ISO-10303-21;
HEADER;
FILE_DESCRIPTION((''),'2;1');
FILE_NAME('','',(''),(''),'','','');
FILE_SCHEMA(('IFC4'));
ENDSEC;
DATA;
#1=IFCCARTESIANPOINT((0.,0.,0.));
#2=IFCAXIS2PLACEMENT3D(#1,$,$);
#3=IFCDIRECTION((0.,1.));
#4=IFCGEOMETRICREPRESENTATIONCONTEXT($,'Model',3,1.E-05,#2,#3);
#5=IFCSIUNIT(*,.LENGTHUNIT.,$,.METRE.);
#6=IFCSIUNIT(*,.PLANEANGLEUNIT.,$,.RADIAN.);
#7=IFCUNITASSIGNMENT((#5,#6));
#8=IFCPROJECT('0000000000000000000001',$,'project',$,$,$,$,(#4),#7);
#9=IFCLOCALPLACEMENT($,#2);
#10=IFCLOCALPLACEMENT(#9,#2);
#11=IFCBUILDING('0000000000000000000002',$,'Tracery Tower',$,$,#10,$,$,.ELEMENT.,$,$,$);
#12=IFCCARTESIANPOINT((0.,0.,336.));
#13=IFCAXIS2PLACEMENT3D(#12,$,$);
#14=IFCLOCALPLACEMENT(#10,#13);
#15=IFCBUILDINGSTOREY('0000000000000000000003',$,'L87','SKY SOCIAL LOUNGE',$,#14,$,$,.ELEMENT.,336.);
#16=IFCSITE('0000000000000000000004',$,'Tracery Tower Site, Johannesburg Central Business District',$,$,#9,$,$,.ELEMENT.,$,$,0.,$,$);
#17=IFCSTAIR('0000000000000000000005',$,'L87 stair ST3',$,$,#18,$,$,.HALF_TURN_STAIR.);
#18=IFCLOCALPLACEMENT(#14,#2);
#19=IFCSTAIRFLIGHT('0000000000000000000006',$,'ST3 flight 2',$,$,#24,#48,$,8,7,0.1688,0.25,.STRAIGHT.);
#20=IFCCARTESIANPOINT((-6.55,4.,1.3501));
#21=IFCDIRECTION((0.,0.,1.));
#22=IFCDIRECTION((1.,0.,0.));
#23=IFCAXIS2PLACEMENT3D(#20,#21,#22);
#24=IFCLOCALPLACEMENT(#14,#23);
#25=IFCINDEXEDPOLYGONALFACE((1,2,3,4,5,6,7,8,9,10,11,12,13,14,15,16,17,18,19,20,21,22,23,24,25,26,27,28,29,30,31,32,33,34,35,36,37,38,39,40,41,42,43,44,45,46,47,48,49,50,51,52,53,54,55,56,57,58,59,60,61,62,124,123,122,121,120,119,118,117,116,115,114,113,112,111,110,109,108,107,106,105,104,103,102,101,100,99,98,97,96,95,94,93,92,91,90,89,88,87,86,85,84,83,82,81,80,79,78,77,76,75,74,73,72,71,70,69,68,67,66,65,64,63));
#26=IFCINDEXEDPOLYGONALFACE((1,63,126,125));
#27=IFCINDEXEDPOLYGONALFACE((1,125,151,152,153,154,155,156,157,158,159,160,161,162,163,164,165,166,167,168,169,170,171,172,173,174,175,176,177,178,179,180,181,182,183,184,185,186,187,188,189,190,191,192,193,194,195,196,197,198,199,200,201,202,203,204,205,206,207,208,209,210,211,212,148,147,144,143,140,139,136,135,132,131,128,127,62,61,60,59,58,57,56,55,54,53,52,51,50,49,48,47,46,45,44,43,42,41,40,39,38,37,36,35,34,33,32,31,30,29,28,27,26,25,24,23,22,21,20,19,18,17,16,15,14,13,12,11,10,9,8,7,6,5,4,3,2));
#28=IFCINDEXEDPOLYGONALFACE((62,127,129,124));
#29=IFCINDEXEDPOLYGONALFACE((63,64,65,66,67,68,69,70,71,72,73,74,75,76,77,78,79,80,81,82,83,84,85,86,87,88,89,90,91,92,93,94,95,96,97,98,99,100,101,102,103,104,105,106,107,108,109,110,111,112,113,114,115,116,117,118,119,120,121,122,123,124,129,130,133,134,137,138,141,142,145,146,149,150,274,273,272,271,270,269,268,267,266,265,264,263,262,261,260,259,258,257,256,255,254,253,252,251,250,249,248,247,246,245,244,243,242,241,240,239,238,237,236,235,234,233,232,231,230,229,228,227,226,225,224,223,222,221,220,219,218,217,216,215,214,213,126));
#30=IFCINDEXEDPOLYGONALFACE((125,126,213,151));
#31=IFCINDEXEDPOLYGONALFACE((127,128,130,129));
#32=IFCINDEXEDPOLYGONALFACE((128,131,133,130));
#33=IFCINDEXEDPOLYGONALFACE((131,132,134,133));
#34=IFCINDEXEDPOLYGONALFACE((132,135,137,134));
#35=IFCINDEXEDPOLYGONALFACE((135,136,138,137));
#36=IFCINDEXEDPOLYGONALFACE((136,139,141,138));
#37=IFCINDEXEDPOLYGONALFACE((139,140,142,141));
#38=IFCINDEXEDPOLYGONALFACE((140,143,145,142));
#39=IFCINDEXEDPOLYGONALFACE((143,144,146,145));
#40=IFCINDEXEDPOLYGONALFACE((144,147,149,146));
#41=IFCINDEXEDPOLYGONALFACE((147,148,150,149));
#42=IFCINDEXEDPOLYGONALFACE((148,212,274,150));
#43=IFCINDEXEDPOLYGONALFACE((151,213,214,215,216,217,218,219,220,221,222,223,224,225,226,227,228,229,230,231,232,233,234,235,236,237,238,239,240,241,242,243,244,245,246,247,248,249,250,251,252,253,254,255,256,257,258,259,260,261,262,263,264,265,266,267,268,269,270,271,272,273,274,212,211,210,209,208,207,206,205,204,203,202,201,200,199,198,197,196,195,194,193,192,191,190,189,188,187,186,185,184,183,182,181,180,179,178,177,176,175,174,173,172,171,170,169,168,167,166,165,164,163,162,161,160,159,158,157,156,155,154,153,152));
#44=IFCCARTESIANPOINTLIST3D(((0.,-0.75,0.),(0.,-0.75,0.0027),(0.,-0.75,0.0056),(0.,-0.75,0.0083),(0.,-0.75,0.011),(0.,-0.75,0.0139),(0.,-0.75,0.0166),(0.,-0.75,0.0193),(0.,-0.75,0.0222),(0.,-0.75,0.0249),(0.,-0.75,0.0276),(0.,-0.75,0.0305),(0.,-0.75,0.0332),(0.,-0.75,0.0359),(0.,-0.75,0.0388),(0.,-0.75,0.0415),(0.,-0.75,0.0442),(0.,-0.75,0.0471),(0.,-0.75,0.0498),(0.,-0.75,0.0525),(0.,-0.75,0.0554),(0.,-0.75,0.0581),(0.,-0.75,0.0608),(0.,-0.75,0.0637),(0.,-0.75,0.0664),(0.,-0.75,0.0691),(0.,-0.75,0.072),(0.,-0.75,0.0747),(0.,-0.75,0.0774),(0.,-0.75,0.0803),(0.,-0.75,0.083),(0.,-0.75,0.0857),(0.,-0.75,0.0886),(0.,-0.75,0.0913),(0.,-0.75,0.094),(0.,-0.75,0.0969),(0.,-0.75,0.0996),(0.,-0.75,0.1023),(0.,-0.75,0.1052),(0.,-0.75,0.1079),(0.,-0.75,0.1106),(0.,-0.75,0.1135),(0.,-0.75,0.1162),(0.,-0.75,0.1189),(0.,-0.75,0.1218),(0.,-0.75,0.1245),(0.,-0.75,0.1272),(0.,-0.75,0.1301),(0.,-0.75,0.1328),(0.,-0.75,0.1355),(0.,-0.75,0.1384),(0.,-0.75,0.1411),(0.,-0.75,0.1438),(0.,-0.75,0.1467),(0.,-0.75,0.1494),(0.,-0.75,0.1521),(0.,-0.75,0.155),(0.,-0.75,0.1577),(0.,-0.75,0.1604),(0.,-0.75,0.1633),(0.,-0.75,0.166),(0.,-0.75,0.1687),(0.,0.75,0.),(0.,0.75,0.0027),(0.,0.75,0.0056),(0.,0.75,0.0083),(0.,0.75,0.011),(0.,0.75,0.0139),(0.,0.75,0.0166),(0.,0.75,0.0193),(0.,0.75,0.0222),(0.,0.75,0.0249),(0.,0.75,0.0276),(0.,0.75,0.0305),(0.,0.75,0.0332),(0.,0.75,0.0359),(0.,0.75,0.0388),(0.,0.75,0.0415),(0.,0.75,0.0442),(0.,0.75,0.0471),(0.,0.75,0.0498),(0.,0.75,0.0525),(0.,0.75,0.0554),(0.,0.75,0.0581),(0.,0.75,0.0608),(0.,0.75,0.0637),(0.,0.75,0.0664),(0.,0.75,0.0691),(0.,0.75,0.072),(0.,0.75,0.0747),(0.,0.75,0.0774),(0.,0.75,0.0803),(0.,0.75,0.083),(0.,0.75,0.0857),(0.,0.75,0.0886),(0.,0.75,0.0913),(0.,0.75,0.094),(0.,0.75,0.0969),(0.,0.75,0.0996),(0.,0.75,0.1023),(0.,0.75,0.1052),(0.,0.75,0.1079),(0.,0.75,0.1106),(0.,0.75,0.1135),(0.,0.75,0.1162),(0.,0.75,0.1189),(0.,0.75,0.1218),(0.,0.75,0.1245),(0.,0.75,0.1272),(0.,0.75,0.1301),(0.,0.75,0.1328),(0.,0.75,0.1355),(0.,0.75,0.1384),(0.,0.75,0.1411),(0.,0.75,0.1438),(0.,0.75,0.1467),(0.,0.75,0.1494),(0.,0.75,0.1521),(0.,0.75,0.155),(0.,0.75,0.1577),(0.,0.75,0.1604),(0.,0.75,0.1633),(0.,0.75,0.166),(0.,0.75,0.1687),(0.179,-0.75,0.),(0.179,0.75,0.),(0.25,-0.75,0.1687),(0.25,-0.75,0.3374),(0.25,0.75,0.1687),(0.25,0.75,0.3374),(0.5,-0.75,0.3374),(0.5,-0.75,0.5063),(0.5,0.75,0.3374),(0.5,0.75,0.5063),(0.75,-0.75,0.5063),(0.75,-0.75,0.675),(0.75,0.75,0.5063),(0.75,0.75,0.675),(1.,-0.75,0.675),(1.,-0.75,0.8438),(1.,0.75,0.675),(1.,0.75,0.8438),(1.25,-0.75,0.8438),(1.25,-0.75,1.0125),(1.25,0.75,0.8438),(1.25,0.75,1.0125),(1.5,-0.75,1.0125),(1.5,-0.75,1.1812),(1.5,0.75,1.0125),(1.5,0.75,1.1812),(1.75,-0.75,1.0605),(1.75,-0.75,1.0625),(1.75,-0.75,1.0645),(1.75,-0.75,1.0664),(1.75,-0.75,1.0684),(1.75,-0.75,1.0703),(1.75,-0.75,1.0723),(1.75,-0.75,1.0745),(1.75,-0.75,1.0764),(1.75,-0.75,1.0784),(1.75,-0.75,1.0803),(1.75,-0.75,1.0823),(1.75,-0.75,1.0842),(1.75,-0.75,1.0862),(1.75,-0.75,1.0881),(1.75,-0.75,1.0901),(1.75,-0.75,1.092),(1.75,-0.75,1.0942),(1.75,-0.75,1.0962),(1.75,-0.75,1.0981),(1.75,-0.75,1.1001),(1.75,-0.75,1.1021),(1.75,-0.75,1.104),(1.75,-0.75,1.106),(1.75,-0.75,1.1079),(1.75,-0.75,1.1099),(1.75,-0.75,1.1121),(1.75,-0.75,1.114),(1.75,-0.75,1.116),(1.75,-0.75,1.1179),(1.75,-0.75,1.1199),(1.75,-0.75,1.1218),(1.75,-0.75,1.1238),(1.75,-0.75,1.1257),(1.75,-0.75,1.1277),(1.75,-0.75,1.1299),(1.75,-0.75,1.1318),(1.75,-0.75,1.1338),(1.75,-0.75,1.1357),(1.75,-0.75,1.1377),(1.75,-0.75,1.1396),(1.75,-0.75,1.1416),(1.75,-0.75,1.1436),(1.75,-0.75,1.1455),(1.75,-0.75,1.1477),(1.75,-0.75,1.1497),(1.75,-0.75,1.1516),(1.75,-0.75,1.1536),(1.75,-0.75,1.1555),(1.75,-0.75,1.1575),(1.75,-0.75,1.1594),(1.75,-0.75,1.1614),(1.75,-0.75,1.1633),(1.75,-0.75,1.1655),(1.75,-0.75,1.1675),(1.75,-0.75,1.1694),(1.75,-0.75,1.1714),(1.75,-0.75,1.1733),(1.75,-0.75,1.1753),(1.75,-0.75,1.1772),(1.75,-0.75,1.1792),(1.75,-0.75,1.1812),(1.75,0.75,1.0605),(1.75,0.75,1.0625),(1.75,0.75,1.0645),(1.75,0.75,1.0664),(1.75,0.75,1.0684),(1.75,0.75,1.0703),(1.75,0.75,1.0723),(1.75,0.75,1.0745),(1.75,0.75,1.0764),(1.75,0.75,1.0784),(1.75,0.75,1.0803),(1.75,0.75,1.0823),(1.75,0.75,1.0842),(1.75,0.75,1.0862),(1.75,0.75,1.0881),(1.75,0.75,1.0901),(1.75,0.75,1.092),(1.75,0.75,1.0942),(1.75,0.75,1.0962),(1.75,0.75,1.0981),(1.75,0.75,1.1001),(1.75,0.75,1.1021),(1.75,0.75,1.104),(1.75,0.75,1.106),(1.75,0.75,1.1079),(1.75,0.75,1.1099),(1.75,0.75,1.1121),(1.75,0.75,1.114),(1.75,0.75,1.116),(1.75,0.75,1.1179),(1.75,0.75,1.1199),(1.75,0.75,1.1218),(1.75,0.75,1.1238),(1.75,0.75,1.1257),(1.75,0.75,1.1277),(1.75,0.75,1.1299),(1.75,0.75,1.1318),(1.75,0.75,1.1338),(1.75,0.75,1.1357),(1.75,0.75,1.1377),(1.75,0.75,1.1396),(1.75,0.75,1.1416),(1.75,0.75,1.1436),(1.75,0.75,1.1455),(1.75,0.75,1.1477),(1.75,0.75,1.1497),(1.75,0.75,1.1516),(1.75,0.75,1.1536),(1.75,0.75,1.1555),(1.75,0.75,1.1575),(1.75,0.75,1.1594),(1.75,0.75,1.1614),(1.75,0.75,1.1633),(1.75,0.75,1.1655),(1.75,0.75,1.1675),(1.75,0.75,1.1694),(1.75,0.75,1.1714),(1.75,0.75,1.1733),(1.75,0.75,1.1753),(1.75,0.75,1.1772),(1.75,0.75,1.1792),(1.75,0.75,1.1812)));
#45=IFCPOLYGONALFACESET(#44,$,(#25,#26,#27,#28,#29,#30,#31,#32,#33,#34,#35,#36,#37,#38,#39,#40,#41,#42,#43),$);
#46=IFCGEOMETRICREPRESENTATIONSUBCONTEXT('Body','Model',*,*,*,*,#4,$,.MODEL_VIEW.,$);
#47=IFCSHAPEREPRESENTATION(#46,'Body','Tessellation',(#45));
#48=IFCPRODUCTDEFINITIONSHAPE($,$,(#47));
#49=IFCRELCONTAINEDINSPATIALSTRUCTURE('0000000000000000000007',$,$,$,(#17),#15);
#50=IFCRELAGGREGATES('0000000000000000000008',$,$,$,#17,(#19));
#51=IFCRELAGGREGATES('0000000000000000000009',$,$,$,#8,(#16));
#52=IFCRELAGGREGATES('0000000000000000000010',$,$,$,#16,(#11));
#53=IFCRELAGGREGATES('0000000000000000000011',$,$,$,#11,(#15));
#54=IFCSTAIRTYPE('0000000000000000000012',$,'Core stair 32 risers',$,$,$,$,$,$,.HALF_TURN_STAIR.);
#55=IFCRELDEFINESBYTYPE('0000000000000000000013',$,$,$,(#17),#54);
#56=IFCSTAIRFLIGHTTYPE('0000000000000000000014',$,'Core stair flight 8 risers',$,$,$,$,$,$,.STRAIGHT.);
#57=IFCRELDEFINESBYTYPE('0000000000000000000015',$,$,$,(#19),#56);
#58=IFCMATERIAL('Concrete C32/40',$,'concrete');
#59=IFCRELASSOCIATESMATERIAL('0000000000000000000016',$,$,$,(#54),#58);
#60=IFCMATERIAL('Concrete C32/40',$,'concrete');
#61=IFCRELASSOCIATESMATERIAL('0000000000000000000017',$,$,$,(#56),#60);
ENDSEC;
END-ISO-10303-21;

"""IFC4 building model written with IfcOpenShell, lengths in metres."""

from ifc_helpers import new_model, si_unit, direction, frame, origin, place, context, subcontext, project, spatial, polyline, outline, extrude, material, type_object, element, aggregate, save


model = new_model("IFC4")

# Units and contexts
model_context = context("Model", 3, precision=1e-05, world=origin(), true_north=direction((0.0, 1.0)))
body_context = subcontext(model_context, "Body", "Model", "MODEL_VIEW")
ifc_project = project(units=[si_unit("LENGTHUNIT", "METRE"), si_unit("PLANEANGLEUNIT", "RADIAN")], contexts=[model_context])

# Site, building, storey
site_placement = place(None, origin())
site = spatial("IfcSite", under=ifc_project, at=site_placement, Name="Tracery Tower Site, Johannesburg Central Business District", CompositionType="ELEMENT", RefElevation=0.0)
building_placement = place(site_placement, origin())
building = spatial("IfcBuilding", under=site, at=building_placement, Name="Tracery Tower", CompositionType="ELEMENT")
storey_placement = place(building_placement, frame((0.0, 0.0, 336.0)))
storey = spatial("IfcBuildingStorey", under=building, at=storey_placement, Name="L87", Description="SKY SOCIAL LOUNGE", CompositionType="ELEMENT", Elevation=336.0)

# Stair, stair flight
ifc_material_1 = material(Name="Concrete C32/40", Category="concrete")
stair_type = type_object("IfcStairType", Name="Core stair 32 risers", PredefinedType="HALF_TURN_STAIR", material=ifc_material_1)
stair_placement = place(storey_placement, origin())
stair = element("IfcStair", 1, at=stair_placement, inside=storey, type_object=stair_type, Name="L87 stair ST3", PredefinedType="HALF_TURN_STAIR")
ifc_material_2 = material(Name="Concrete C32/40", Category="concrete")
stair_flight_type = type_object("IfcStairFlightType", Name="Core stair flight 8 risers", PredefinedType="STRAIGHT", material=ifc_material_2)
stair_flight_1_placement = place(storey_placement, frame((-6.55, 4.0, 1.3501), z_axis=(0.0, 0.0, 1.0), x_axis=(1.0, 0.0, 0.0)))
stair_flight_1 = element("IfcStairFlight", 2, at=stair_flight_1_placement, type_object=stair_flight_type, Name="ST3 flight 2", NumberOfRisers=8, NumberOfTreads=7, PredefinedType="STRAIGHT", RiserHeight=0.1688, TreadLength=0.25, context=body_context, shape_type="SweptSolid", body=[
    extrude(outline(polyline([(0.0, 0.0), (0.0, 0.0027), (0.0, 0.0056), (0.0, 0.0083), (0.0, 0.011), (0.0, 0.0139), (0.0, 0.0166), (0.0, 0.0193), (0.0, 0.0222), (0.0, 0.0249), (0.0, 0.0276), (0.0, 0.0305), (0.0, 0.0332), (0.0, 0.0359), (0.0, 0.0388), (0.0, 0.0415), (0.0, 0.0442), (0.0, 0.0471), (0.0, 0.0498), (0.0, 0.0525), (0.0, 0.0554), (0.0, 0.0581), (0.0, 0.0608), (0.0, 0.0637), (0.0, 0.0664), (0.0, 0.0691), (0.0, 0.072), (0.0, 0.0747), (0.0, 0.0774), (0.0, 0.0803), (0.0, 0.083), (0.0, 0.0857), (0.0, 0.0886), (0.0, 0.0913), (0.0, 0.094), (0.0, 0.0969), (0.0, 0.0996), (0.0, 0.1023), (0.0, 0.1052), (0.0, 0.1079), (0.0, 0.1106), (0.0, 0.1135), (0.0, 0.1162), (0.0, 0.1189), (0.0, 0.1218), (0.0, 0.1245), (0.0, 0.1272), (0.0, 0.1301), (0.0, 0.1328), (0.0, 0.1355), (0.0, 0.1384), (0.0, 0.1411), (0.0, 0.1438), (0.0, 0.1467), (0.0, 0.1494), (0.0, 0.1521), (0.0, 0.155), (0.0, 0.1577), (0.0, 0.1604), (0.0, 0.1633), (0.0, 0.166), (0.0, 0.1687), (0.25, 0.1687), (0.25, 0.3374), (0.5, 0.3374), (0.5, 0.5063), (0.75, 0.5063), (0.75, 0.675), (1.0, 0.675), (1.0, 0.8438), (1.25, 0.8438), (1.25, 1.0125), (1.5, 1.0125), (1.5, 1.1812), (1.75, 1.1812), (1.75, 1.1792), (1.75, 1.1772), (1.75, 1.1753), (1.75, 1.1733), (1.75, 1.1714), (1.75, 1.1694), (1.75, 1.1675), (1.75, 1.1655), (1.75, 1.1633), (1.75, 1.1614), (1.75, 1.1594), (1.75, 1.1575), (1.75, 1.1555), (1.75, 1.1536), (1.75, 1.1516), (1.75, 1.1497), (1.75, 1.1477), (1.75, 1.1455), (1.75, 1.1436), (1.75, 1.1416), (1.75, 1.1396), (1.75, 1.1377), (1.75, 1.1357), (1.75, 1.1338), (1.75, 1.1318), (1.75, 1.1299), (1.75, 1.1277), (1.75, 1.1257), (1.75, 1.1238), (1.75, 1.1218), (1.75, 1.1199), (1.75, 1.1179), (1.75, 1.116), (1.75, 1.114), (1.75, 1.1121), (1.75, 1.1099), (1.75, 1.1079), (1.75, 1.106), (1.75, 1.104), (1.75, 1.1021), (1.75, 1.1001), (1.75, 1.0981), (1.75, 1.0962), (1.75, 1.0942), (1.75, 1.092), (1.75, 1.0901), (1.75, 1.0881), (1.75, 1.0862), (1.75, 1.0842), (1.75, 1.0823), (1.75, 1.0803), (1.75, 1.0784), (1.75, 1.0764), (1.75, 1.0745), (1.75, 1.0723), (1.75, 1.0703), (1.75, 1.0684), (1.75, 1.0664), (1.75, 1.0645), (1.75, 1.0625), (1.75, 1.0605), (0.179, 0.0), (0.0, 0.0)])), frame((0.0, 0.75, 0.0), z_axis=(0.0, -1.0, 0.0), x_axis=(1.0, 0.0, 0.0)), (0.0, 0.0, 1.0), 1.5),
])
aggregate(stair, [stair_flight_1])

save(model, "model.ifc")
